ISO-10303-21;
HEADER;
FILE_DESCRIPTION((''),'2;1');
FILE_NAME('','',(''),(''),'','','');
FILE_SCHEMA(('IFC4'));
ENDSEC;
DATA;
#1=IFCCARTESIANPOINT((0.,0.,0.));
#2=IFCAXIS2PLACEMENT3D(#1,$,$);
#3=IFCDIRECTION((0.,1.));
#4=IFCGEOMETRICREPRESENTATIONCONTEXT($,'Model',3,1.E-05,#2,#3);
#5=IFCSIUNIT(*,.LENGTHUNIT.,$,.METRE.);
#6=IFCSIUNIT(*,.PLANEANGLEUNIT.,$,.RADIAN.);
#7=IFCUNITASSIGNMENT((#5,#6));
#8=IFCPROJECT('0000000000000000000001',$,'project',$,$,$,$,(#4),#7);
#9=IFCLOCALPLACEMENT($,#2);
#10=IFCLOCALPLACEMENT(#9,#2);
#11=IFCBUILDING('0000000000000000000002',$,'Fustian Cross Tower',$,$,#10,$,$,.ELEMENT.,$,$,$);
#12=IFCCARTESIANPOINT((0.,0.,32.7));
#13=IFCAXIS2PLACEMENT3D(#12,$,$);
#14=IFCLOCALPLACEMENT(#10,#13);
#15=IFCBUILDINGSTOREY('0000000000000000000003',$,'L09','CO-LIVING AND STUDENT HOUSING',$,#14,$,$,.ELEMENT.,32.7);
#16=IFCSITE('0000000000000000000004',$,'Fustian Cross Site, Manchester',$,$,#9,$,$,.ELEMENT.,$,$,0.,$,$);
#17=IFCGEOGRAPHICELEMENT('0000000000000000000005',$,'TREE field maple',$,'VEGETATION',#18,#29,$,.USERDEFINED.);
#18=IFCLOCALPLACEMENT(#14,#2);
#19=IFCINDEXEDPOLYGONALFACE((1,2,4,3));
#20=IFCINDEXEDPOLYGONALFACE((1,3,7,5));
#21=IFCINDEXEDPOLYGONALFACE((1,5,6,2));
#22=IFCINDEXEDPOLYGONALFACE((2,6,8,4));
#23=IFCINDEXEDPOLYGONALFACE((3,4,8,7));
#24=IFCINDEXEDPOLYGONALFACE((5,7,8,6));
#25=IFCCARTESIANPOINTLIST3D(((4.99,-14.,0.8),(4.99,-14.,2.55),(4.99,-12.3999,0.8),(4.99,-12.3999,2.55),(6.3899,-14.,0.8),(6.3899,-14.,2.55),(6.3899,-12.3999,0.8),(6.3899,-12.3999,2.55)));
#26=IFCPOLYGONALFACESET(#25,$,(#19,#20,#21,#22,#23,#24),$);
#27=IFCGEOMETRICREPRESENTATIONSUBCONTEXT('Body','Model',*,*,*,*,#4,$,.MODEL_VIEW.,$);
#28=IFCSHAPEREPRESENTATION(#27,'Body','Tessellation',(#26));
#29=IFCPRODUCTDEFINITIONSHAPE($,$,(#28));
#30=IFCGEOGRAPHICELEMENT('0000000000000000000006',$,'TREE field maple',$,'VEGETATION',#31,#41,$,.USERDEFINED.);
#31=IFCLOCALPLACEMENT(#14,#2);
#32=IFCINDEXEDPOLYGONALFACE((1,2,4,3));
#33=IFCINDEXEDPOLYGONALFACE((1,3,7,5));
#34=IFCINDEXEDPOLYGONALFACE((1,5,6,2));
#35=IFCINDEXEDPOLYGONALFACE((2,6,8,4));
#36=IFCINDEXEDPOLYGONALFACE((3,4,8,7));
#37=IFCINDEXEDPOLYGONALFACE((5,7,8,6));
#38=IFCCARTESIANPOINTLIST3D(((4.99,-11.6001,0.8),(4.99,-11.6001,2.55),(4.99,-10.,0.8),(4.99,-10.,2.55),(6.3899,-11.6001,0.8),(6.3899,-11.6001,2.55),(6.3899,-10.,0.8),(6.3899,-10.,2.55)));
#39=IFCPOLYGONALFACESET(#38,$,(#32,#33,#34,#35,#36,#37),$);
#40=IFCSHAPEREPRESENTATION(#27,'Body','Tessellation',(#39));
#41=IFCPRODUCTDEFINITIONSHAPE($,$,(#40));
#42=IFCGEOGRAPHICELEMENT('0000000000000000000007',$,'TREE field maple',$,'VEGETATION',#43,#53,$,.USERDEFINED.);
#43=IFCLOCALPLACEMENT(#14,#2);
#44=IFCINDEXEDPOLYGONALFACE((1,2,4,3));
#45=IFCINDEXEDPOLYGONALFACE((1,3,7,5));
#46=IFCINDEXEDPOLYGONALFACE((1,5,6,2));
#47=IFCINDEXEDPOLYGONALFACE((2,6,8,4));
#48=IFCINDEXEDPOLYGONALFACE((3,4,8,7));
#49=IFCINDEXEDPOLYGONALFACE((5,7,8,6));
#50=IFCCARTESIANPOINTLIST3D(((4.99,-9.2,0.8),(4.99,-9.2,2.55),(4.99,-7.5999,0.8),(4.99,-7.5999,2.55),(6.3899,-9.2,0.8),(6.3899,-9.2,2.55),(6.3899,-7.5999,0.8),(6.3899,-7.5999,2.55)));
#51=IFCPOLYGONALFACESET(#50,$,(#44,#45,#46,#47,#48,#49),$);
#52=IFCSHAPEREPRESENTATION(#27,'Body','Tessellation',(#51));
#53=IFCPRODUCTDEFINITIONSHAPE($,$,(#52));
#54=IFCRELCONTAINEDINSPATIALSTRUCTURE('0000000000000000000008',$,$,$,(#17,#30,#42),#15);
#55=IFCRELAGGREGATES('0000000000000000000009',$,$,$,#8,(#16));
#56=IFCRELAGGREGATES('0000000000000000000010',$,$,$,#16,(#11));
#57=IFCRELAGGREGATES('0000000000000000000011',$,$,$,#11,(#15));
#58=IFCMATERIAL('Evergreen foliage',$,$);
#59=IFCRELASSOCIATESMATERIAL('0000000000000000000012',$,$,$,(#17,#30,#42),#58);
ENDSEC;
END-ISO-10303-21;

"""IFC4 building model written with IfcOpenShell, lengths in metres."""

from ifc_helpers import new_model, si_unit, direction, frame, origin, origin_2d, place, context, subcontext, project, spatial, rectangle, extrude, material, element, save


model = new_model("IFC4")

# Units and contexts
model_context = context("Model", 3, precision=1e-05, world=origin(), true_north=direction((0.0, 1.0)))
body_context = subcontext(model_context, "Body", "Model", "MODEL_VIEW")
ifc_project = project(units=[si_unit("LENGTHUNIT", "METRE"), si_unit("PLANEANGLEUNIT", "RADIAN")], contexts=[model_context])

# Site, building, storey
site_placement = place(None, origin())
site = spatial("IfcSite", under=ifc_project, at=site_placement, Name="Fustian Cross Site, Manchester", CompositionType="ELEMENT", RefElevation=0.0)
building_placement = place(site_placement, origin())
building = spatial("IfcBuilding", under=site, at=building_placement, Name="Fustian Cross Tower", CompositionType="ELEMENT")
storey_placement = place(building_placement, frame((0.0, 0.0, 32.7)))
storey = spatial("IfcBuildingStorey", under=building, at=storey_placement, Name="L09", Description="CO-LIVING AND STUDENT HOUSING", CompositionType="ELEMENT", Elevation=32.7)

# Geographic elements
ifc_material_1 = material(Name="Evergreen foliage")
for number, where, z_axis, x_axis, name in (
    (1, (5.6899, -13.2, 0.8), (0.0, 0.0, 1.0), (1.0, 0.0, 0.0), "TREE field maple"),
    (2, (5.6899, -10.8, 0.8), (0.0, 0.0, 1.0), (1.0, 0.0, 0.0), "TREE field maple"),
    (3, (5.6899, -8.3999, 0.8), (0.0, 0.0, 1.0), (1.0, 0.0, 0.0), "TREE field maple"),
):
    element("IfcGeographicElement", number, at=place(storey_placement, frame(where, z_axis=z_axis, x_axis=x_axis)), inside=storey, material=ifc_material_1, Name=name, ObjectType="VEGETATION", PredefinedType="USERDEFINED", context=body_context, shape_type="SweptSolid", body=[
        extrude(rectangle(XDim=1.3999, YDim=1.6001, at=origin_2d()), origin(), (0.0, 0.0, 1.0), 1.75),
    ])

save(model, "model.ifc")
